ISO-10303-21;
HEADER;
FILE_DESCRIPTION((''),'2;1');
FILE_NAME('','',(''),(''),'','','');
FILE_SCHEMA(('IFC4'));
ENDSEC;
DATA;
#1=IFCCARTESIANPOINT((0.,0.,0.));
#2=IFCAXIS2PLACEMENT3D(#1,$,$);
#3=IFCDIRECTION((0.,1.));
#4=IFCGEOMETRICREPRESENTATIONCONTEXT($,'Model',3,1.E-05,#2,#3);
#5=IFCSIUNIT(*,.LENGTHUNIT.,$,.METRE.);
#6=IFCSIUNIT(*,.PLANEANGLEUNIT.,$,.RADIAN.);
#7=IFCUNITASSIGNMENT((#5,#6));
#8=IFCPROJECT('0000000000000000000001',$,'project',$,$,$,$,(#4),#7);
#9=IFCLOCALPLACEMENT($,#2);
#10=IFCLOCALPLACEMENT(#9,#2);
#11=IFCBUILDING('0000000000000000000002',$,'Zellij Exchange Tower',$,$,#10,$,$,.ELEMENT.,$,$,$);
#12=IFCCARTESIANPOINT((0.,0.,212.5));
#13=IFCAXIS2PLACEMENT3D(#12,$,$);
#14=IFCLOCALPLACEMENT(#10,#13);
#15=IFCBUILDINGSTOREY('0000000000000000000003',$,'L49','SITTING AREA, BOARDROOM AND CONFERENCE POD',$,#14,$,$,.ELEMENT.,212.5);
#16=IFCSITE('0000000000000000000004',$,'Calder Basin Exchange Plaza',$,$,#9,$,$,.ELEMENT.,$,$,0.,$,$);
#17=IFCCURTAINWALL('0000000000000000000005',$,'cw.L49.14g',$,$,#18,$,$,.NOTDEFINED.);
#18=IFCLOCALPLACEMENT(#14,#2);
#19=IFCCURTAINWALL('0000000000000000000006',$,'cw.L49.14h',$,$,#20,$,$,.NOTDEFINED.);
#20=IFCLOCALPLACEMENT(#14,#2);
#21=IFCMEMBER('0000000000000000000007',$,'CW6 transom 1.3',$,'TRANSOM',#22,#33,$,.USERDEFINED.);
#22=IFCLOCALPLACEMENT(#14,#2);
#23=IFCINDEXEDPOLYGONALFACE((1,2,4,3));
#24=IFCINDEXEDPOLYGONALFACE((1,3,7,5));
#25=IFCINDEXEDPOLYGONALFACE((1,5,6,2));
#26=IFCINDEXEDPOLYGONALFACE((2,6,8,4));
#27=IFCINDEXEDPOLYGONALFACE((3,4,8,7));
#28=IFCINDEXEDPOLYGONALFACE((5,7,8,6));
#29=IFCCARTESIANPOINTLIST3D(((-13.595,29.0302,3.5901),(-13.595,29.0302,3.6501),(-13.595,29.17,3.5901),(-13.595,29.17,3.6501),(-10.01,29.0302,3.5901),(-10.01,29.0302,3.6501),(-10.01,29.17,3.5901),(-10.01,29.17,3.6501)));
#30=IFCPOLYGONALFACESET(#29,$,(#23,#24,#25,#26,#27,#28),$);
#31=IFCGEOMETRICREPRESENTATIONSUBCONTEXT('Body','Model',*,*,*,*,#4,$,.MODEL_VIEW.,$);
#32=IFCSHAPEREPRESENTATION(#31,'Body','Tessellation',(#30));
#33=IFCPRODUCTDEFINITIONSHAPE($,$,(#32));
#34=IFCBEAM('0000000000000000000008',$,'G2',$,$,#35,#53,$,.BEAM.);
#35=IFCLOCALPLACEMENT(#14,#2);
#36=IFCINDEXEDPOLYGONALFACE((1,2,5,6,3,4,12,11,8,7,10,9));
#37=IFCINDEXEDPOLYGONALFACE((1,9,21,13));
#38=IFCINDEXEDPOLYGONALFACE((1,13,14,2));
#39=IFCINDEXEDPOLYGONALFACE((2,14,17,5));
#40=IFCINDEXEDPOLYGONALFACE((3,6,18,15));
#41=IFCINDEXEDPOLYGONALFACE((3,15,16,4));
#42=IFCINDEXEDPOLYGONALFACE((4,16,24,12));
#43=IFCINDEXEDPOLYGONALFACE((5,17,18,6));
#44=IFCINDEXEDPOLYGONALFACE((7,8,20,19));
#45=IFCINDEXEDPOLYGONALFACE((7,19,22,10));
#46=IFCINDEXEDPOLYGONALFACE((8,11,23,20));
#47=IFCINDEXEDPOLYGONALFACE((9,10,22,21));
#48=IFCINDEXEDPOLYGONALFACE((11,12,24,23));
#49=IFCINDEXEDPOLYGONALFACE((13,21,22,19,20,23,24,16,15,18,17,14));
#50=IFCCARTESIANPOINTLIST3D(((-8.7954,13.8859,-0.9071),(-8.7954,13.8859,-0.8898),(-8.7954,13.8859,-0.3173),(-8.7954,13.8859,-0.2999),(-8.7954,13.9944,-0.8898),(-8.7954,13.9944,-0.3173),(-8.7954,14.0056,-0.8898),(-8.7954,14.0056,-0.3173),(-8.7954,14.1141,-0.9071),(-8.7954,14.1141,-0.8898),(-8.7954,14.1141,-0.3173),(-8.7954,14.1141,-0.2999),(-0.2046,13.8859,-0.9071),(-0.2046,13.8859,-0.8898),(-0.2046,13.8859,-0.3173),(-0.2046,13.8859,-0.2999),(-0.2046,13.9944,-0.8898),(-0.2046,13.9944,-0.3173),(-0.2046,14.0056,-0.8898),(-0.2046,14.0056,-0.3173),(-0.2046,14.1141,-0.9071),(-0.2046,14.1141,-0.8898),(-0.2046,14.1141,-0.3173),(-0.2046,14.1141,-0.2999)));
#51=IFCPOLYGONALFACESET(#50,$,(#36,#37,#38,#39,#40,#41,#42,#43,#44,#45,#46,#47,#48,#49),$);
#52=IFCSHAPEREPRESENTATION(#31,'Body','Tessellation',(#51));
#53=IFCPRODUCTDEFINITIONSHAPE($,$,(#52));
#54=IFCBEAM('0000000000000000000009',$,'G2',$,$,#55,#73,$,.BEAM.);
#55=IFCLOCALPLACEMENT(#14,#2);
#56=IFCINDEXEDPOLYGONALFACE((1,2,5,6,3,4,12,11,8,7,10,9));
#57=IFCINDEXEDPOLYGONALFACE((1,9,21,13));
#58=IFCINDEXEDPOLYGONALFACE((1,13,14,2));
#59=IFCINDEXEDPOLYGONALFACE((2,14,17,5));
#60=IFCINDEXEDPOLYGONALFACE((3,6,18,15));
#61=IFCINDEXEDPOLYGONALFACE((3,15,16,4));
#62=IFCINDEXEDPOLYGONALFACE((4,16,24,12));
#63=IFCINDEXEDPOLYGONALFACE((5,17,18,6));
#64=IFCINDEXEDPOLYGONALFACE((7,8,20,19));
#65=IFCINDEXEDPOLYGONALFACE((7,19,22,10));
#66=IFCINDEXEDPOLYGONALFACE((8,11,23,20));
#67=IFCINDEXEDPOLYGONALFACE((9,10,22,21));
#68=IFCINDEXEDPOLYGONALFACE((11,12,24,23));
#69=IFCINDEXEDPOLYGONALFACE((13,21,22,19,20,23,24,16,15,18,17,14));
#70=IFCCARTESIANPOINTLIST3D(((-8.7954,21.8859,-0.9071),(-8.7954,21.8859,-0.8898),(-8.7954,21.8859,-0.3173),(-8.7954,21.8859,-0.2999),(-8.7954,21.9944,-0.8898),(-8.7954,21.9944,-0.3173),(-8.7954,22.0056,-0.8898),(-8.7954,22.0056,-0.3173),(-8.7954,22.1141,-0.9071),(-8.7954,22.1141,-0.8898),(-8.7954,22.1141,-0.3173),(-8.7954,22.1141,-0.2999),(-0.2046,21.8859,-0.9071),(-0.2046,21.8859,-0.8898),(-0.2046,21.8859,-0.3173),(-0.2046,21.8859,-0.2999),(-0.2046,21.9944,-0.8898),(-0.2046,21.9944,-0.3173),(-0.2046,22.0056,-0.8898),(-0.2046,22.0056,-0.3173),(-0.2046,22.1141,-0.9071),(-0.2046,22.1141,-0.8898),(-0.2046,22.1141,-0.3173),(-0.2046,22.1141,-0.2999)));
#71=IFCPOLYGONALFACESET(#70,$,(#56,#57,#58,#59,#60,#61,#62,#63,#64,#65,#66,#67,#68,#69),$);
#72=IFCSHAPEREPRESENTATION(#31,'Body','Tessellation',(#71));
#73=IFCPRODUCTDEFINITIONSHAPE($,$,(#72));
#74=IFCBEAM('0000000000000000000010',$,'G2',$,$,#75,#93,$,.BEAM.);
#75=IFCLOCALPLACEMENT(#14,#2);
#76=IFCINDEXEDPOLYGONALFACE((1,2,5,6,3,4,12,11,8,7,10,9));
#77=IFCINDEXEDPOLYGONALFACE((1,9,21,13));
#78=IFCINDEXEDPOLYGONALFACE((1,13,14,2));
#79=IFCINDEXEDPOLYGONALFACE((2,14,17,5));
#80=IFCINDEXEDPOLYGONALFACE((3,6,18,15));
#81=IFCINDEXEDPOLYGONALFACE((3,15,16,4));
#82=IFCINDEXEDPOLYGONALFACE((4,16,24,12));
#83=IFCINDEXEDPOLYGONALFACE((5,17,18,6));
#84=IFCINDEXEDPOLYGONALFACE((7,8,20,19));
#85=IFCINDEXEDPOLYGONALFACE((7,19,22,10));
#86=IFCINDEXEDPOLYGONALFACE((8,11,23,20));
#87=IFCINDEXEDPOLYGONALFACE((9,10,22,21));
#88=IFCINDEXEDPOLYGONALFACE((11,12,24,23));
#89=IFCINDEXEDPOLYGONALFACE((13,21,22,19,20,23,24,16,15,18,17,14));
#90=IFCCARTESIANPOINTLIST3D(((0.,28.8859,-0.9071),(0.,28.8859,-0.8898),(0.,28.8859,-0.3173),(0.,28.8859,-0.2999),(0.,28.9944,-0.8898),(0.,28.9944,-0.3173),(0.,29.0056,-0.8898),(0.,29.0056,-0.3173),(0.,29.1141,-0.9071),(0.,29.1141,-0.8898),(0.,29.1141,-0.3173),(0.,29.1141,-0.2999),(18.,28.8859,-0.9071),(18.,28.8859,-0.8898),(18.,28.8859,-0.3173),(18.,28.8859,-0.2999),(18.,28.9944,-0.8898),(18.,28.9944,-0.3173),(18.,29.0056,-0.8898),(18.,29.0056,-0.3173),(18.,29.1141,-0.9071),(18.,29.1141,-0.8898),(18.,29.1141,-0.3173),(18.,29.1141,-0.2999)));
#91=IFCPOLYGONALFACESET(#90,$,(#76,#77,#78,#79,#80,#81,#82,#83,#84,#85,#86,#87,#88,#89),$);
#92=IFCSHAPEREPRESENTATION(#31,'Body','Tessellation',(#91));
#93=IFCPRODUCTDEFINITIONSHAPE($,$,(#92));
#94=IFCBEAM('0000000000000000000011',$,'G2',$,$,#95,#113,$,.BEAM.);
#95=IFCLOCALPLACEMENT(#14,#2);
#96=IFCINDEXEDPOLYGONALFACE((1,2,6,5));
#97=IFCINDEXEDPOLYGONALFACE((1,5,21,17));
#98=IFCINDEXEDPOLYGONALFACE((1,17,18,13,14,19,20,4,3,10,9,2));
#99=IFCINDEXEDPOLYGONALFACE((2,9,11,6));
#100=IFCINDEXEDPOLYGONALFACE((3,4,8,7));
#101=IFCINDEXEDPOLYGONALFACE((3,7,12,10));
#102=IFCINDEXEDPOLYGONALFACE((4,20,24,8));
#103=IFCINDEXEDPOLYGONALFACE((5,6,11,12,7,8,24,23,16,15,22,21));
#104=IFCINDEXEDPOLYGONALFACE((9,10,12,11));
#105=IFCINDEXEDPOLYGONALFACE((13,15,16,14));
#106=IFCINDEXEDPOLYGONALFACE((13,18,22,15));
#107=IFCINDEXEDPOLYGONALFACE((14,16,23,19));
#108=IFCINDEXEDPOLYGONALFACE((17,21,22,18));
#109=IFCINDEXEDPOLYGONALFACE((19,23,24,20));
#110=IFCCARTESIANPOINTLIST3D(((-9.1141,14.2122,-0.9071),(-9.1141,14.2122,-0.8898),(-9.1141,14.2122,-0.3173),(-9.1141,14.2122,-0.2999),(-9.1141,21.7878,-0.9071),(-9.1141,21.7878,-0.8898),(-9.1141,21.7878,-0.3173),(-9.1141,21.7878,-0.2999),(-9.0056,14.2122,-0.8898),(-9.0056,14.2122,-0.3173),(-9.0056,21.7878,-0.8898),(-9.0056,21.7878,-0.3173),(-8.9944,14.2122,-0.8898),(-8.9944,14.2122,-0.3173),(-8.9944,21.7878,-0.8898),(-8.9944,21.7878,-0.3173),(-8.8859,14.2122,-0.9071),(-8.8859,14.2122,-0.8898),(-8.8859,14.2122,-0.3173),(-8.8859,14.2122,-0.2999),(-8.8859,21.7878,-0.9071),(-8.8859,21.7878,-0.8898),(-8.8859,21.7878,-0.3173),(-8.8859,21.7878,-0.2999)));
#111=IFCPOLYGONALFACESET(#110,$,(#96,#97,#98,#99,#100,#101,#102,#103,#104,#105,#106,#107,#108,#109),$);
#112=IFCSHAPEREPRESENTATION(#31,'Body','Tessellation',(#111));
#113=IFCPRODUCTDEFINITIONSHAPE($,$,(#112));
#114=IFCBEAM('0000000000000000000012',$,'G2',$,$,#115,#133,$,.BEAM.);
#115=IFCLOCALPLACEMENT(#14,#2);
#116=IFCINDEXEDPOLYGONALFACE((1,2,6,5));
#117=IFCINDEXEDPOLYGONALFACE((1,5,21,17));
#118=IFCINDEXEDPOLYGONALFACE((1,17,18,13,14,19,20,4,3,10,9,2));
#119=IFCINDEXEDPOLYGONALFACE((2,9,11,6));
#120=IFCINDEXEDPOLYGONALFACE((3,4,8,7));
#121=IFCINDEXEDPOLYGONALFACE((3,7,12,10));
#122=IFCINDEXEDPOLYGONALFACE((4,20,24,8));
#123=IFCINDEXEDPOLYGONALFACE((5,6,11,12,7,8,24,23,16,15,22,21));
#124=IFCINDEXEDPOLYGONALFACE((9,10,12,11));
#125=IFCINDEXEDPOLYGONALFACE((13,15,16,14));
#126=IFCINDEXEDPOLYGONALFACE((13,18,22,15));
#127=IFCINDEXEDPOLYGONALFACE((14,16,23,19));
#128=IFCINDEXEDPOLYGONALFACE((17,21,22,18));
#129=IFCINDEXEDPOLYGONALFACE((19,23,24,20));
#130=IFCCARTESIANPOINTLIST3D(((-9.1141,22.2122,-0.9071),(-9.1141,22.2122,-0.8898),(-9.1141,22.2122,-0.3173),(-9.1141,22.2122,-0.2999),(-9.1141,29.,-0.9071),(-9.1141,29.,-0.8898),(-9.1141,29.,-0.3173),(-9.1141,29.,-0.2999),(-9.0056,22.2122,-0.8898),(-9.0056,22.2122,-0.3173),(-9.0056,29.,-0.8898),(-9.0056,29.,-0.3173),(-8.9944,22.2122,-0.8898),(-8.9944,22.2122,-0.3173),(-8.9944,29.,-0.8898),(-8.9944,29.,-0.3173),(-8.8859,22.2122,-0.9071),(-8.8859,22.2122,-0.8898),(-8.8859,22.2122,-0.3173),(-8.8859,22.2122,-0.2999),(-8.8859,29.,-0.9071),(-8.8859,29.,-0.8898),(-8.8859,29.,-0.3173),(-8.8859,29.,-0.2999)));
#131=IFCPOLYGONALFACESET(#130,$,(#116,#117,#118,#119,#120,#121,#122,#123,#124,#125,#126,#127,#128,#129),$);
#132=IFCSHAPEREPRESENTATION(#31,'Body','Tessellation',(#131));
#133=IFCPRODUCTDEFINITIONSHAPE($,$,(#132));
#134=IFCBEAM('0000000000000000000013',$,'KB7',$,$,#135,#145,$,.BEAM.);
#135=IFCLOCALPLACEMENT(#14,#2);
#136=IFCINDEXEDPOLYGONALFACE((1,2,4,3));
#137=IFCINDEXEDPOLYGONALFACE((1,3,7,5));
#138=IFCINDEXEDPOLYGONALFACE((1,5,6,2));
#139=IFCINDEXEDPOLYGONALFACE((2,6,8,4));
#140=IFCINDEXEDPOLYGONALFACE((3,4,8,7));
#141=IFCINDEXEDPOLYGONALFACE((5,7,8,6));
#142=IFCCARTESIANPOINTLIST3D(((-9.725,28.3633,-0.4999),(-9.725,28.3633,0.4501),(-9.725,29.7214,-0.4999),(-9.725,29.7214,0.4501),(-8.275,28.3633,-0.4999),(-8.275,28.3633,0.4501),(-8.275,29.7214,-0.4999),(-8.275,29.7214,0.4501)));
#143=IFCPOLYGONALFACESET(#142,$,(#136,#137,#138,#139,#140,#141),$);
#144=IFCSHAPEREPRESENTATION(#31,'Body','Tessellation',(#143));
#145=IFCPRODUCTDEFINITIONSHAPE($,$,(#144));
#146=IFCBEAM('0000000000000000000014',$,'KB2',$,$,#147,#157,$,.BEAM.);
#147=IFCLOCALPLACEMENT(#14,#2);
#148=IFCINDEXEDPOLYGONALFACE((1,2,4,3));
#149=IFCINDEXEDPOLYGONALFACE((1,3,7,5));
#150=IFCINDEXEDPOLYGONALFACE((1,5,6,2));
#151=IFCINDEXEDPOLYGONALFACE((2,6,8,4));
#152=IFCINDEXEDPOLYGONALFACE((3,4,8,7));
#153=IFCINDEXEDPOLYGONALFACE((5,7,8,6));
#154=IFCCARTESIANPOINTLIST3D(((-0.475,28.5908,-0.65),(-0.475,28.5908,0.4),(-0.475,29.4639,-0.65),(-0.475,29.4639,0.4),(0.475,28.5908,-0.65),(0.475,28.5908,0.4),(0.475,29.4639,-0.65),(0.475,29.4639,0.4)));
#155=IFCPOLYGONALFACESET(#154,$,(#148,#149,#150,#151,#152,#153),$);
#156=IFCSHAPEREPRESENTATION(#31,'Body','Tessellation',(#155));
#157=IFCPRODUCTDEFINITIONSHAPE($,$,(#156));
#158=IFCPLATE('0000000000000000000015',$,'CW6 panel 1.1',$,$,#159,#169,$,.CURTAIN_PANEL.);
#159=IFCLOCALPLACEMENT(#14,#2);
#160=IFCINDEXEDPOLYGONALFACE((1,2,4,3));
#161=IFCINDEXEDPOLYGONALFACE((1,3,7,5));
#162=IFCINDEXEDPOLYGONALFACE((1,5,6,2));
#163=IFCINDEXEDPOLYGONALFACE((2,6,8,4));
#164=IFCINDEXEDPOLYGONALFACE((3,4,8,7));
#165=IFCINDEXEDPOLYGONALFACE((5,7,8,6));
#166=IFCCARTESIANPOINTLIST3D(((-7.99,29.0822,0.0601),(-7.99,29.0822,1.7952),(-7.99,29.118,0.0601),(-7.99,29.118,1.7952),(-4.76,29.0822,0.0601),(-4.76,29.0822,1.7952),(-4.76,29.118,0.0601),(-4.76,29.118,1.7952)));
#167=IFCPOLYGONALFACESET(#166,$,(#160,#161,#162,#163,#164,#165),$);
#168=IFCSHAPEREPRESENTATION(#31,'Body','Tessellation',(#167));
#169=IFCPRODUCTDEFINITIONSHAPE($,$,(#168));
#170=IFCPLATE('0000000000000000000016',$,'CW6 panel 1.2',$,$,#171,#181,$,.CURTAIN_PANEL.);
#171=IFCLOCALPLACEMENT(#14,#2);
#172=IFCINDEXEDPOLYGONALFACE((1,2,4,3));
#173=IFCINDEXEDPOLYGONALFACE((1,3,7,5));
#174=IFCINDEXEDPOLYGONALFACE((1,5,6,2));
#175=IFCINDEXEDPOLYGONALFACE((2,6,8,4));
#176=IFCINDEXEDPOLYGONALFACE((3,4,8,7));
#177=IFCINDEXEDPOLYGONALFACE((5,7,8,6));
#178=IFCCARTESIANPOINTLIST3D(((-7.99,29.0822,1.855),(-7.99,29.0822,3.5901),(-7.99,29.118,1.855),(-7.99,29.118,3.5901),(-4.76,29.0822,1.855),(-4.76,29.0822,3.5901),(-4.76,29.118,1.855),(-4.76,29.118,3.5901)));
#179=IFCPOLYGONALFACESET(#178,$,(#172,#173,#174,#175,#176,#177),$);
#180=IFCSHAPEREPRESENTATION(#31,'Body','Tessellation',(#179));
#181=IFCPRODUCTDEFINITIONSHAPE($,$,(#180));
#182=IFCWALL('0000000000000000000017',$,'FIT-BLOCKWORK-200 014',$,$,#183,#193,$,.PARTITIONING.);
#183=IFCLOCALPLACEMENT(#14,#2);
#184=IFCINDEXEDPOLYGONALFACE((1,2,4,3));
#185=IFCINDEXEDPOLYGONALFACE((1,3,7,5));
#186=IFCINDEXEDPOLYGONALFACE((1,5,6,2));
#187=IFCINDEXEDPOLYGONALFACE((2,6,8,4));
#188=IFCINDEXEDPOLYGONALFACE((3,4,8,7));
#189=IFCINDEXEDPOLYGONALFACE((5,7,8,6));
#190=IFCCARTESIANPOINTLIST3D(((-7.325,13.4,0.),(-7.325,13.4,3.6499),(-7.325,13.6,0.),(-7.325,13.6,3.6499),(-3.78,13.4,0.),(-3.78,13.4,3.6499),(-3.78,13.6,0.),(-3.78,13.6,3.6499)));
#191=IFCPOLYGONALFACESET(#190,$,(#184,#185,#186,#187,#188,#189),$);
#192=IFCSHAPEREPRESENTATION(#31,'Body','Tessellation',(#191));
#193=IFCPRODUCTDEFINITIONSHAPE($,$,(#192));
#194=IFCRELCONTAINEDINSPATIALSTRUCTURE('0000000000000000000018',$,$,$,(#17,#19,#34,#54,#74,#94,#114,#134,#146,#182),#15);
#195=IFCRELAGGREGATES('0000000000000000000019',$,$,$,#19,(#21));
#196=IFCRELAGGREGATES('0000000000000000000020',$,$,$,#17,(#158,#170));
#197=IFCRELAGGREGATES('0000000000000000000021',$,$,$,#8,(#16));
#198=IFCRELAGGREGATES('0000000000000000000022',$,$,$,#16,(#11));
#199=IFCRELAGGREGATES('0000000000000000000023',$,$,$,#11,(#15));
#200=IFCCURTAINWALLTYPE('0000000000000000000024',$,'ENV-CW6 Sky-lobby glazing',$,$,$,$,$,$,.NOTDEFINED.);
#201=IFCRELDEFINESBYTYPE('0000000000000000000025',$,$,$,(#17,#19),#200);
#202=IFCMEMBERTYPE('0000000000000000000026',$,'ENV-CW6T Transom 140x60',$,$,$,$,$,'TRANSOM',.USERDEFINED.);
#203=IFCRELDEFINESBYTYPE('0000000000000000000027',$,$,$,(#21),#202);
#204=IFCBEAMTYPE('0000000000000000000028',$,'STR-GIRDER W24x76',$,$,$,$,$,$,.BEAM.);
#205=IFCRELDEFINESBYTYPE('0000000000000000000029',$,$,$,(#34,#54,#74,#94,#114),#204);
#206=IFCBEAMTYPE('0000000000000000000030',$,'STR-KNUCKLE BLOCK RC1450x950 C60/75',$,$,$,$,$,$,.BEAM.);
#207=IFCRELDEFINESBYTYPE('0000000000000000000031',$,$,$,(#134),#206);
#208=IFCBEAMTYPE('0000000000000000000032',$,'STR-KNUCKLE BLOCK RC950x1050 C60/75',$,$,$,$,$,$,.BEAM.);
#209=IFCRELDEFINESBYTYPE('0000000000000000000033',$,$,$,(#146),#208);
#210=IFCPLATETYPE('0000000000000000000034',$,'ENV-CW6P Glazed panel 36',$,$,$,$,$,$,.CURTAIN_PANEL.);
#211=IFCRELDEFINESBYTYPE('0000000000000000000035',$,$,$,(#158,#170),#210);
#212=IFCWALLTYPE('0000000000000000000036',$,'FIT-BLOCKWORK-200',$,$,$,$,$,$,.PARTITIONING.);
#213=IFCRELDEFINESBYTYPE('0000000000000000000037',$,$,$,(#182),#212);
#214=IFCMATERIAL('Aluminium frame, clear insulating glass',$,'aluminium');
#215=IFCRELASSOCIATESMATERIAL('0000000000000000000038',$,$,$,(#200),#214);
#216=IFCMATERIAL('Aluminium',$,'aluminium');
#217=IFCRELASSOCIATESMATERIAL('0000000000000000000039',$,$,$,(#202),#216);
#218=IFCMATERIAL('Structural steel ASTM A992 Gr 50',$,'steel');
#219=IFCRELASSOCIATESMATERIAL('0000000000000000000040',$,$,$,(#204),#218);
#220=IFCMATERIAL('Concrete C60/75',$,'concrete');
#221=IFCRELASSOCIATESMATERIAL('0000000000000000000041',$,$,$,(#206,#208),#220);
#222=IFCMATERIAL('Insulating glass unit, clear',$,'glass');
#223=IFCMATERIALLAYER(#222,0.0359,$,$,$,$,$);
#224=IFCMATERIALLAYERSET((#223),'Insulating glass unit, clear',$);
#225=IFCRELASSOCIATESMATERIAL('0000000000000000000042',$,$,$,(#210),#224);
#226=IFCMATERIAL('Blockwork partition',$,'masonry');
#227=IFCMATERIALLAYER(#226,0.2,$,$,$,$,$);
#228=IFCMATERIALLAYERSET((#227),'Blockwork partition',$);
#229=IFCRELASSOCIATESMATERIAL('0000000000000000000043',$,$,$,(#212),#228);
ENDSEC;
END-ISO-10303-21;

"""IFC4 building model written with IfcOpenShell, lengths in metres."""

from ifc_helpers import new_model, si_unit, direction, frame, frame_2d, origin, origin_2d, place, context, subcontext, project, spatial, rectangle, i_section, extrude, material, layer, layer_set, material_profile, profile_set, type_object, element, aggregate, save


model = new_model("IFC4")

# Units and contexts
model_context = context("Model", 3, precision=1e-05, world=origin(), true_north=direction((0.0, 1.0)))
body_context = subcontext(model_context, "Body", "Model", "MODEL_VIEW")
ifc_project = project(units=[si_unit("LENGTHUNIT", "METRE"), si_unit("PLANEANGLEUNIT", "RADIAN")], contexts=[model_context])

# Site, building, storey
site_placement = place(None, origin())
site = spatial("IfcSite", under=ifc_project, at=site_placement, Name="Calder Basin Exchange Plaza", CompositionType="ELEMENT", RefElevation=0.0)
building_placement = place(site_placement, origin())
building = spatial("IfcBuilding", under=site, at=building_placement, Name="Zellij Exchange Tower", CompositionType="ELEMENT")
storey_placement = place(building_placement, frame((0.0, 0.0, 212.5)))
storey = spatial("IfcBuildingStorey", under=building, at=storey_placement, Name="L49", Description="SITTING AREA, BOARDROOM AND CONFERENCE POD", CompositionType="ELEMENT", Elevation=212.5)

# Shared definitions
ifc_material_1 = material(Name="Concrete C60/75", Category="concrete")

# Curtain wall
ifc_material_2 = material(Name="Aluminium frame, clear insulating glass", Category="aluminium")
curtain_wall_type = type_object("IfcCurtainWallType", Name="ENV-CW6 Sky-lobby glazing", PredefinedType="NOTDEFINED", material=ifc_material_2)
curtain_wall_1_placement = place(storey_placement, origin())
curtain_wall_1 = element("IfcCurtainWall", 1, at=curtain_wall_1_placement, inside=storey, type_object=curtain_wall_type, Name="cw.L49.14g", PredefinedType="NOTDEFINED")
ifc_material_3 = material(Name="Aluminium", Category="aluminium")

# Curtain wall
curtain_wall_2_placement = place(storey_placement, origin())
curtain_wall_2 = element("IfcCurtainWall", 2, at=curtain_wall_2_placement, inside=storey, type_object=curtain_wall_type, Name="cw.L49.14h", PredefinedType="NOTDEFINED")

# Member
ifc_material_profile_1 = material_profile(ifc_material_3, rectangle(XDim=0.1399, YDim=0.0601, at=origin_2d()), Name="AL 140x60")
ifc_profile_set_1 = profile_set([ifc_material_profile_1], Name="Aluminium")
member_type_1 = type_object("IfcMemberType", Name="ENV-CW6T Transom 140x60", ElementType="TRANSOM", PredefinedType="USERDEFINED", material=ifc_profile_set_1)
member_1_placement = place(storey_placement, frame((-10.01, 29.1001, 3.6201), z_axis=(-1.0, 0.0, 0.0), x_axis=(0.0, -1.0, 0.0)))
member_1 = element("IfcMember", 3, at=member_1_placement, type_object=member_type_1, Name="CW6 transom 1.3", ObjectType="TRANSOM", PredefinedType="USERDEFINED", context=body_context, shape_type="SweptSolid", body=[
    extrude(rectangle(XDim=0.1399, YDim=0.0601, at=origin_2d()), origin(), (0.0, 0.0, 1.0), 3.585),
])
aggregate(curtain_wall_2, [member_1])

# Beams
ifc_material_4 = material(Name="Structural steel ASTM A992 Gr 50", Category="steel")
ifc_material_profile_2 = material_profile(ifc_material_4, i_section(OverallWidth=0.2283, OverallDepth=0.6072, WebThickness=0.0112, FlangeThickness=0.0173, at=origin_2d()), Name="W24x76")
ifc_profile_set_2 = profile_set([ifc_material_profile_2], Name="Structural steel ASTM A992 Gr 50")
beam_type_1 = type_object("IfcBeamType", Name="STR-GIRDER W24x76", PredefinedType="BEAM", material=ifc_profile_set_2)
for number, where, z_axis, x_axis, name in (
    (4, (-8.7954, 14.0, -0.6035), (1.0, 0.0, 0.0), (0.0, 1.0, 0.0), "G2"),
    (5, (-8.7954, 22.0, -0.6035), (1.0, 0.0, 0.0), (0.0, 1.0, 0.0), "G2"),
):
    element("IfcBeam", number, at=place(storey_placement, frame(where, z_axis=z_axis, x_axis=x_axis)), inside=storey, type_object=beam_type_1, Name=name, PredefinedType="BEAM", context=body_context, shape_type="SweptSolid", body=[
        extrude(i_section(OverallWidth=0.2283, OverallDepth=0.6072, WebThickness=0.0112, FlangeThickness=0.0173, at=origin_2d()), origin(), (0.0, 0.0, 1.0), 8.5908),
    ])
beam_1_placement = place(storey_placement, frame((0.0, 29.0, -0.6035), z_axis=(1.0, 0.0, 0.0), x_axis=(0.0, 1.0, 0.0)))
element("IfcBeam", 6, at=beam_1_placement, inside=storey, type_object=beam_type_1, Name="G2", PredefinedType="BEAM", context=body_context, shape_type="SweptSolid", body=[
    extrude(i_section(OverallWidth=0.2283, OverallDepth=0.6072, WebThickness=0.0112, FlangeThickness=0.0173, at=origin_2d()), origin(), (0.0, 0.0, 1.0), 18.0),
])
beam_2_placement = place(storey_placement, frame((-9.0, 14.2122, -0.6035), z_axis=(0.0, 1.0, 0.0), x_axis=(-1.0, 0.0, 0.0)))
element("IfcBeam", 7, at=beam_2_placement, inside=storey, type_object=beam_type_1, Name="G2", PredefinedType="BEAM", context=body_context, shape_type="SweptSolid", body=[
    extrude(i_section(OverallWidth=0.2283, OverallDepth=0.6072, WebThickness=0.0112, FlangeThickness=0.0173, at=origin_2d()), origin(), (0.0, 0.0, 1.0), 7.5757),
])
beam_3_placement = place(storey_placement, frame((-9.0, 22.2122, -0.6035), z_axis=(0.0, 1.0, 0.0), x_axis=(-1.0, 0.0, 0.0)))
element("IfcBeam", 8, at=beam_3_placement, inside=storey, type_object=beam_type_1, Name="G2", PredefinedType="BEAM", context=body_context, shape_type="SweptSolid", body=[
    extrude(i_section(OverallWidth=0.2283, OverallDepth=0.6072, WebThickness=0.0112, FlangeThickness=0.0173, at=origin_2d()), origin(), (0.0, 0.0, 1.0), 6.7878),
])
ifc_material_profile_3 = material_profile(ifc_material_1, rectangle(XDim=1.45, YDim=0.95, at=origin_2d()), Name="STR-KNUCKLE BLOCK RC1450x950 C60/75")
ifc_profile_set_3 = profile_set([ifc_material_profile_3], Name="Concrete C60/75")
beam_type_2 = type_object("IfcBeamType", Name="STR-KNUCKLE BLOCK RC1450x950 C60/75", PredefinedType="BEAM", material=ifc_profile_set_3)
beam_4_placement = place(storey_placement, frame((-9.0, 28.3633, -0.0249), z_axis=(0.0, 1.0, 0.0), x_axis=(-1.0, 0.0, 0.0)))
element("IfcBeam", 9, at=beam_4_placement, inside=storey, type_object=beam_type_2, Name="KB7", PredefinedType="BEAM", context=body_context, shape_type="SweptSolid", body=[
    extrude(rectangle(XDim=1.45, YDim=0.95, at=origin_2d()), origin(), (0.0, 0.0, 1.0), 1.3582),
])
ifc_material_profile_4 = material_profile(ifc_material_1, rectangle(XDim=0.95, YDim=1.05, at=origin_2d()), Name="STR-KNUCKLE BLOCK RC950x1050 C60/75")
ifc_profile_set_4 = profile_set([ifc_material_profile_4], Name="Concrete C60/75")
beam_type_3 = type_object("IfcBeamType", Name="STR-KNUCKLE BLOCK RC950x1050 C60/75", PredefinedType="BEAM", material=ifc_profile_set_4)
beam_5_placement = place(storey_placement, frame((0.0, 28.5908, -0.125), z_axis=(0.0, 1.0, 0.0), x_axis=(-1.0, 0.0, 0.0)))
element("IfcBeam", 10, at=beam_5_placement, inside=storey, type_object=beam_type_3, Name="KB2", PredefinedType="BEAM", context=body_context, shape_type="SweptSolid", body=[
    extrude(rectangle(XDim=0.95, YDim=1.05, at=origin_2d()), origin(), (0.0, 0.0, 1.0), 0.873),
])

# Plates
ifc_material_5 = material(Name="Insulating glass unit, clear", Category="glass")
ifc_layer_1 = layer(ifc_material_5, 0.0359)
ifc_layer_set_1 = layer_set([ifc_layer_1], Name="Insulating glass unit, clear")
plate_type = type_object("IfcPlateType", Name="ENV-CW6P Glazed panel 36", PredefinedType="CURTAIN_PANEL", material=ifc_layer_set_1)
plate_1_placement = place(storey_placement, frame((-6.375, 29.1001, 0.0601), z_axis=(0.0, 0.0, 1.0), x_axis=(-1.0, 0.0, 0.0)))
plate_1 = element("IfcPlate", 11, at=plate_1_placement, type_object=plate_type, Name="CW6 panel 1.1", PredefinedType="CURTAIN_PANEL", context=body_context, shape_type="SweptSolid", body=[
    extrude(rectangle(XDim=3.23, YDim=0.0359, at=origin_2d()), origin(), (0.0, 0.0, 1.0), 1.7351),
])
plate_2_placement = place(storey_placement, frame((-6.375, 29.1001, 1.855), z_axis=(0.0, 0.0, 1.0), x_axis=(-1.0, 0.0, 0.0)))
plate_2 = element("IfcPlate", 12, at=plate_2_placement, type_object=plate_type, Name="CW6 panel 1.2", PredefinedType="CURTAIN_PANEL", context=body_context, shape_type="SweptSolid", body=[
    extrude(rectangle(XDim=3.23, YDim=0.0359, at=origin_2d()), origin(), (0.0, 0.0, 1.0), 1.7351),
])
aggregate(curtain_wall_1, [plate_1, plate_2])

# Wall
ifc_material_6 = material(Name="Blockwork partition", Category="masonry")
ifc_layer_2 = layer(ifc_material_6, 0.2)
ifc_layer_set_2 = layer_set([ifc_layer_2], Name="Blockwork partition")
wall_type_1 = type_object("IfcWallType", Name="FIT-BLOCKWORK-200", PredefinedType="PARTITIONING", material=ifc_layer_set_2)
wall_1_placement = place(storey_placement, frame((-7.325, 13.5, 0.0), z_axis=(0.0, 0.0, 1.0), x_axis=(1.0, 0.0, 0.0)))
element("IfcWall", 13, at=wall_1_placement, inside=storey, type_object=wall_type_1, Name="FIT-BLOCKWORK-200 014", PredefinedType="PARTITIONING", context=body_context, shape_type="SweptSolid", body=[
    extrude(rectangle(XDim=3.5449, YDim=0.2, at=frame_2d((1.7725, 0.0))), origin(), (0.0, 0.0, 1.0), 3.6499),
])

save(model, "model.ifc")
